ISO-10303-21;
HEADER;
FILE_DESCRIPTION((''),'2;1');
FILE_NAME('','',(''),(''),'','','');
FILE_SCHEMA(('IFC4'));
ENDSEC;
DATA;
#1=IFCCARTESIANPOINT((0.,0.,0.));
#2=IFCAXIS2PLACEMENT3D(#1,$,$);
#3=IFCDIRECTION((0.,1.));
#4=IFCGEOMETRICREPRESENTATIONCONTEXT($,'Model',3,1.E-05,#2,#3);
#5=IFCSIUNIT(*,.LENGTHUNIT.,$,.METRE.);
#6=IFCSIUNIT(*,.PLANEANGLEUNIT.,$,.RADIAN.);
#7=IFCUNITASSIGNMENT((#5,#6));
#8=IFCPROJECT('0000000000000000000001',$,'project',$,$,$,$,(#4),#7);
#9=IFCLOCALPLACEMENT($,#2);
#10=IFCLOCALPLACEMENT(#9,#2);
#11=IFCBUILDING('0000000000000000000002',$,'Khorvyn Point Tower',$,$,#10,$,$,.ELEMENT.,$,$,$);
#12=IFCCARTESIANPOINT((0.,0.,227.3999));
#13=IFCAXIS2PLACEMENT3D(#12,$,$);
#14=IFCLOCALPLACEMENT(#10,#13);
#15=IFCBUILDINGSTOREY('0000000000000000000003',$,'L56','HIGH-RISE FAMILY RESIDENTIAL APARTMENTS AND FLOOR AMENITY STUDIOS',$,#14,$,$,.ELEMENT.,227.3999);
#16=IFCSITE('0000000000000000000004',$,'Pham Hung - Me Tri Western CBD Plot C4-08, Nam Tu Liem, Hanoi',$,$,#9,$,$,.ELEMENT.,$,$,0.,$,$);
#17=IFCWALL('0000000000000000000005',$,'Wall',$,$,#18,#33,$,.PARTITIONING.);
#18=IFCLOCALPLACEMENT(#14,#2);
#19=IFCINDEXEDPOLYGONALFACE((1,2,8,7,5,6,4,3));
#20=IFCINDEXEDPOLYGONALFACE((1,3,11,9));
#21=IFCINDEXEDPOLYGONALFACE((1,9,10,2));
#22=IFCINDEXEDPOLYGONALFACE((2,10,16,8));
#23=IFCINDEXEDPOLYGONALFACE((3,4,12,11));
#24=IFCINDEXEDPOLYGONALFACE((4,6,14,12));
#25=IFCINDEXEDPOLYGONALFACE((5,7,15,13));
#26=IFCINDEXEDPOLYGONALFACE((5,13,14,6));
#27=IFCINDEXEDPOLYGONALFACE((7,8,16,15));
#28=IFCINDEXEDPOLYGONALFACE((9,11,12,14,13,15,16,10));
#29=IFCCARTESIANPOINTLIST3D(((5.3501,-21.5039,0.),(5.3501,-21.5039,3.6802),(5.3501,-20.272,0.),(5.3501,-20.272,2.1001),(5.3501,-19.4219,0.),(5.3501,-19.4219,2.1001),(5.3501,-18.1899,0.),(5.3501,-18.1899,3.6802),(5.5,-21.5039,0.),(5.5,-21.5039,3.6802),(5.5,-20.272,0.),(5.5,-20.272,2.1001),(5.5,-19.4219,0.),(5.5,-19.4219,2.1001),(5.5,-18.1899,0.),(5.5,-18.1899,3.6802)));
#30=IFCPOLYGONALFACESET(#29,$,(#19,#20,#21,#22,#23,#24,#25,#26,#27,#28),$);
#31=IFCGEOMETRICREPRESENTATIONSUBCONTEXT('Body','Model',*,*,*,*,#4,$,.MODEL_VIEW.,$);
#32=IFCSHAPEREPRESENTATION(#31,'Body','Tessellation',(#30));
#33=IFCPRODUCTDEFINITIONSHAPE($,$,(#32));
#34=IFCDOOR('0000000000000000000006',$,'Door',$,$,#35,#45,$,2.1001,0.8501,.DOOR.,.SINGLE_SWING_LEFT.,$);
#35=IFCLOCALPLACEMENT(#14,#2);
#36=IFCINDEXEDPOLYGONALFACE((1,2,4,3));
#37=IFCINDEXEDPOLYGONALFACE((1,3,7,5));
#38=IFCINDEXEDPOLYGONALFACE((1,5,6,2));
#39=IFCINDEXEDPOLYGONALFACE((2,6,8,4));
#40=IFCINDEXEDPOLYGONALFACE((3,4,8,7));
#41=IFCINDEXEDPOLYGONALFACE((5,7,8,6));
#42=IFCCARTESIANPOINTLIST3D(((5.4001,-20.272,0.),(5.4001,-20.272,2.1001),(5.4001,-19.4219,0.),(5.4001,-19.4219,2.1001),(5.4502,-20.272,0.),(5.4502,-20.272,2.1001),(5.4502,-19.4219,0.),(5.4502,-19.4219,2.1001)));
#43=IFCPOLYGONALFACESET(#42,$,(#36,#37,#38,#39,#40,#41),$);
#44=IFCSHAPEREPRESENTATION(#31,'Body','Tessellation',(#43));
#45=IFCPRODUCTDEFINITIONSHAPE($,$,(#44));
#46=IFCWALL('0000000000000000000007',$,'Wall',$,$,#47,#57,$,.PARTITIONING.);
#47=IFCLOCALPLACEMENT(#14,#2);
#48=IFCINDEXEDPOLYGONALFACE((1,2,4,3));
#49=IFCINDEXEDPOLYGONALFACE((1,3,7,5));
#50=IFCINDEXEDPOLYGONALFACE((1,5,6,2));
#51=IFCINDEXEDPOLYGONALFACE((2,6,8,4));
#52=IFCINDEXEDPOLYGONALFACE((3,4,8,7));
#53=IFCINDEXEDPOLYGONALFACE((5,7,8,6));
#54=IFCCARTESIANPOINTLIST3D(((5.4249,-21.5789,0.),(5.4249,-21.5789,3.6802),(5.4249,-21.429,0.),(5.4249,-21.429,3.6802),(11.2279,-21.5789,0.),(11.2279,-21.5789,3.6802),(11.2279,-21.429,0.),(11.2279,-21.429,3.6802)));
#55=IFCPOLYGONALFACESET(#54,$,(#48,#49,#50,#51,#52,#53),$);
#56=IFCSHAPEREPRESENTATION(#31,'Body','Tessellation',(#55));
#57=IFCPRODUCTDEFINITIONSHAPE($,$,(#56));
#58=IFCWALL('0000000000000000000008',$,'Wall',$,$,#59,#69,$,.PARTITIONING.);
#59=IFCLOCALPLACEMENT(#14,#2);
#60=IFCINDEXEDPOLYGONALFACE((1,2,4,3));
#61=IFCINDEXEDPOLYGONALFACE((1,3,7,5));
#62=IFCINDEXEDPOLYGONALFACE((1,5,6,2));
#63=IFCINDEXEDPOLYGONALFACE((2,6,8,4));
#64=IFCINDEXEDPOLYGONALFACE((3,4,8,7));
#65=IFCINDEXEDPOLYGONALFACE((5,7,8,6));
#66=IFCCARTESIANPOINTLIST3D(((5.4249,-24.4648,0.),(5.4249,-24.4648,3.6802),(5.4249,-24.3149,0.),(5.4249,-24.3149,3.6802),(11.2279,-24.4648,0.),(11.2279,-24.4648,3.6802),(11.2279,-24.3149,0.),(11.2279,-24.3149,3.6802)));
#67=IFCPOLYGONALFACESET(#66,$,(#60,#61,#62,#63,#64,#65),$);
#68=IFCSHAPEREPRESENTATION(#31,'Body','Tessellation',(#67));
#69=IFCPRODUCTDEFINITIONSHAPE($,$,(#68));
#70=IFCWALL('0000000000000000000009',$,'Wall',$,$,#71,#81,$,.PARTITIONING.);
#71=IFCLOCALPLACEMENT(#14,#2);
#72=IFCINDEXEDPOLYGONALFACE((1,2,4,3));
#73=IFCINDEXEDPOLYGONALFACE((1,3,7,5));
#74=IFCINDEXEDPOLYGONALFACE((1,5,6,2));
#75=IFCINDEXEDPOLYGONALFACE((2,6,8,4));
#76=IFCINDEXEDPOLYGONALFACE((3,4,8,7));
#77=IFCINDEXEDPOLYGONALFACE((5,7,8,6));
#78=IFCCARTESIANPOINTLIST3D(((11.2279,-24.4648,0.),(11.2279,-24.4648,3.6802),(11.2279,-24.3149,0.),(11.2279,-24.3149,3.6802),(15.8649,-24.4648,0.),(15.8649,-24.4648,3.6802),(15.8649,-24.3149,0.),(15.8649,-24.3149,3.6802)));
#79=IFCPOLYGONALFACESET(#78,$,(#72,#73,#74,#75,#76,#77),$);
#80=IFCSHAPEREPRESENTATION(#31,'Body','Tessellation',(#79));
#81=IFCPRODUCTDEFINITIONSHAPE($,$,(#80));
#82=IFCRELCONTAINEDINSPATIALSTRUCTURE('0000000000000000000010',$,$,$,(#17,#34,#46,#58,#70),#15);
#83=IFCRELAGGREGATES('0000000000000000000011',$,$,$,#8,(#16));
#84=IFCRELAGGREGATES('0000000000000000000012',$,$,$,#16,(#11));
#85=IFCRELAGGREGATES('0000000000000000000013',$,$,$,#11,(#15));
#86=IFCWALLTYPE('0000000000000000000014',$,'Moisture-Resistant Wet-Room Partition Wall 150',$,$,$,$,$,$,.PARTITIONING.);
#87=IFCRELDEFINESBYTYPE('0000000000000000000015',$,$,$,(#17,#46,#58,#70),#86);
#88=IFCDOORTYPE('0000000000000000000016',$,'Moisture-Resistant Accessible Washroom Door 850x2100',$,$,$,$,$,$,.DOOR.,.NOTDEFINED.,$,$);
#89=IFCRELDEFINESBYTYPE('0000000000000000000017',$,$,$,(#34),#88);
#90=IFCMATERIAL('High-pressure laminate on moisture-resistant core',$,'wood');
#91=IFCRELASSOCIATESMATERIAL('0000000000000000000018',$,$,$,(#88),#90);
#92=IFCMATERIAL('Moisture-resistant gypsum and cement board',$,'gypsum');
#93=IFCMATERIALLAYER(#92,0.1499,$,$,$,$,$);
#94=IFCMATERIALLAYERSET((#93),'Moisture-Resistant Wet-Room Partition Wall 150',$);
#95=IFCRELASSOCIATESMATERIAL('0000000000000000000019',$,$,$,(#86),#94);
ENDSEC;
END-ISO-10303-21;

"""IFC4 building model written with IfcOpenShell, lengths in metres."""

from ifc_helpers import new_model, si_unit, direction, frame, frame_2d, origin, place, context, subcontext, project, spatial, rectangle, extrude, material, layer, layer_set, type_object, element, fill, save


model = new_model("IFC4")

# Units and contexts
model_context = context("Model", 3, precision=1e-05, world=origin(), true_north=direction((0.0, 1.0)))
body_context = subcontext(model_context, "Body", "Model", "MODEL_VIEW")
ifc_project = project(units=[si_unit("LENGTHUNIT", "METRE"), si_unit("PLANEANGLEUNIT", "RADIAN")], contexts=[model_context])

# Site, building, storey
site_placement = place(None, origin())
site = spatial("IfcSite", under=ifc_project, at=site_placement, Name="Pham Hung - Me Tri Western CBD Plot C4-08, Nam Tu Liem, Hanoi", CompositionType="ELEMENT", RefElevation=0.0)
building_placement = place(site_placement, origin())
building = spatial("IfcBuilding", under=site, at=building_placement, Name="Khorvyn Point Tower", CompositionType="ELEMENT")
storey_placement = place(building_placement, frame((0.0, 0.0, 227.3999)))
storey = spatial("IfcBuildingStorey", under=building, at=storey_placement, Name="L56", Description="HIGH-RISE FAMILY RESIDENTIAL APARTMENTS AND FLOOR AMENITY STUDIOS", CompositionType="ELEMENT", Elevation=227.3999)

# Wall, opening, door
ifc_material_1 = material(Name="High-pressure laminate on moisture-resistant core", Category="wood")
door_type_1 = type_object("IfcDoorType", Name="Moisture-Resistant Accessible Washroom Door 850x2100", OperationType="NOTDEFINED", PredefinedType="DOOR", material=ifc_material_1)
ifc_material_2 = material(Name="Moisture-resistant gypsum and cement board", Category="gypsum")
ifc_layer_1 = layer(ifc_material_2, 0.1499)
ifc_layer_set_1 = layer_set([ifc_layer_1], Name="Moisture-Resistant Wet-Room Partition Wall 150")
wall_type_1 = type_object("IfcWallType", Name="Moisture-Resistant Wet-Room Partition Wall 150", PredefinedType="PARTITIONING", material=ifc_layer_set_1)
wall_1_placement = place(storey_placement, frame((5.425, -21.5039, 0.0), z_axis=(0.0, 0.0, 1.0), x_axis=(0.0, 1.0, 0.0)))
wall_1 = element("IfcWall", 1, at=wall_1_placement, inside=storey, type_object=wall_type_1, Name="Wall", PredefinedType="PARTITIONING", context=body_context, shape_type="SweptSolid", body=[
    extrude(rectangle(XDim=3.314, YDim=0.1499, at=frame_2d((1.657, 0.0))), origin(), (0.0, 0.0, 1.0), 3.6802),
])
opening_1_placement = place(wall_1_placement, frame((1.2319, 0.0, 0.0)))
opening_1 = element("IfcOpeningElement", 2, at=opening_1_placement, cuts=wall_1, PredefinedType="OPENING", context=body_context, shape_type="SweptSolid", body=[
    extrude(rectangle(XDim=0.8501, YDim=2.1001, at=frame_2d((0.425, 1.05))), frame((0.0, 0.085, 0.0), z_axis=(0.0, -1.0, 0.0), x_axis=(1.0, 0.0, 0.0)), (0.0, 0.0, 1.0), 0.1699),
])
door_1_placement = place(opening_1_placement, origin())
door_1 = element("IfcDoor", 3, at=door_1_placement, inside=storey, type_object=door_type_1, Name="Door", OperationType="SINGLE_SWING_LEFT", OverallHeight=2.1001, OverallWidth=0.8501, PredefinedType="DOOR", context=body_context, shape_type="SweptSolid", body=[
    extrude(rectangle(XDim=0.8501, YDim=2.1001, at=frame_2d((0.425, 1.05))), frame((0.0, 0.0249, 0.0), z_axis=(0.0, -1.0, 0.0), x_axis=(1.0, 0.0, 0.0)), (0.0, 0.0, 1.0), 0.05),
])
fill(opening_1, door_1)

# Walls
for number, where, z_axis, x_axis, name in (
    (4, (5.425, -21.5039, 0.0), (0.0, 0.0, 1.0), (1.0, 0.0, 0.0), "Wall"),
    (5, (5.425, -24.3899, 0.0), (0.0, 0.0, 1.0), (1.0, 0.0, 0.0), "Wall"),
):
    element("IfcWall", number, at=place(storey_placement, frame(where, z_axis=z_axis, x_axis=x_axis)), inside=storey, type_object=wall_type_1, Name=name, PredefinedType="PARTITIONING", context=body_context, shape_type="SweptSolid", body=[
        extrude(rectangle(XDim=5.803, YDim=0.1499, at=frame_2d((2.9014, 0.0))), origin(), (0.0, 0.0, 1.0), 3.6802),
    ])
wall_2_placement = place(storey_placement, frame((11.228, -24.3899, 0.0), z_axis=(0.0, 0.0, 1.0), x_axis=(1.0, 0.0, 0.0)))
element("IfcWall", 6, at=wall_2_placement, inside=storey, type_object=wall_type_1, Name="Wall", PredefinedType="PARTITIONING", context=body_context, shape_type="SweptSolid", body=[
    extrude(rectangle(XDim=4.637, YDim=0.1499, at=frame_2d((2.3184, 0.0))), origin(), (0.0, 0.0, 1.0), 3.6802),
])

save(model, "model.ifc")
